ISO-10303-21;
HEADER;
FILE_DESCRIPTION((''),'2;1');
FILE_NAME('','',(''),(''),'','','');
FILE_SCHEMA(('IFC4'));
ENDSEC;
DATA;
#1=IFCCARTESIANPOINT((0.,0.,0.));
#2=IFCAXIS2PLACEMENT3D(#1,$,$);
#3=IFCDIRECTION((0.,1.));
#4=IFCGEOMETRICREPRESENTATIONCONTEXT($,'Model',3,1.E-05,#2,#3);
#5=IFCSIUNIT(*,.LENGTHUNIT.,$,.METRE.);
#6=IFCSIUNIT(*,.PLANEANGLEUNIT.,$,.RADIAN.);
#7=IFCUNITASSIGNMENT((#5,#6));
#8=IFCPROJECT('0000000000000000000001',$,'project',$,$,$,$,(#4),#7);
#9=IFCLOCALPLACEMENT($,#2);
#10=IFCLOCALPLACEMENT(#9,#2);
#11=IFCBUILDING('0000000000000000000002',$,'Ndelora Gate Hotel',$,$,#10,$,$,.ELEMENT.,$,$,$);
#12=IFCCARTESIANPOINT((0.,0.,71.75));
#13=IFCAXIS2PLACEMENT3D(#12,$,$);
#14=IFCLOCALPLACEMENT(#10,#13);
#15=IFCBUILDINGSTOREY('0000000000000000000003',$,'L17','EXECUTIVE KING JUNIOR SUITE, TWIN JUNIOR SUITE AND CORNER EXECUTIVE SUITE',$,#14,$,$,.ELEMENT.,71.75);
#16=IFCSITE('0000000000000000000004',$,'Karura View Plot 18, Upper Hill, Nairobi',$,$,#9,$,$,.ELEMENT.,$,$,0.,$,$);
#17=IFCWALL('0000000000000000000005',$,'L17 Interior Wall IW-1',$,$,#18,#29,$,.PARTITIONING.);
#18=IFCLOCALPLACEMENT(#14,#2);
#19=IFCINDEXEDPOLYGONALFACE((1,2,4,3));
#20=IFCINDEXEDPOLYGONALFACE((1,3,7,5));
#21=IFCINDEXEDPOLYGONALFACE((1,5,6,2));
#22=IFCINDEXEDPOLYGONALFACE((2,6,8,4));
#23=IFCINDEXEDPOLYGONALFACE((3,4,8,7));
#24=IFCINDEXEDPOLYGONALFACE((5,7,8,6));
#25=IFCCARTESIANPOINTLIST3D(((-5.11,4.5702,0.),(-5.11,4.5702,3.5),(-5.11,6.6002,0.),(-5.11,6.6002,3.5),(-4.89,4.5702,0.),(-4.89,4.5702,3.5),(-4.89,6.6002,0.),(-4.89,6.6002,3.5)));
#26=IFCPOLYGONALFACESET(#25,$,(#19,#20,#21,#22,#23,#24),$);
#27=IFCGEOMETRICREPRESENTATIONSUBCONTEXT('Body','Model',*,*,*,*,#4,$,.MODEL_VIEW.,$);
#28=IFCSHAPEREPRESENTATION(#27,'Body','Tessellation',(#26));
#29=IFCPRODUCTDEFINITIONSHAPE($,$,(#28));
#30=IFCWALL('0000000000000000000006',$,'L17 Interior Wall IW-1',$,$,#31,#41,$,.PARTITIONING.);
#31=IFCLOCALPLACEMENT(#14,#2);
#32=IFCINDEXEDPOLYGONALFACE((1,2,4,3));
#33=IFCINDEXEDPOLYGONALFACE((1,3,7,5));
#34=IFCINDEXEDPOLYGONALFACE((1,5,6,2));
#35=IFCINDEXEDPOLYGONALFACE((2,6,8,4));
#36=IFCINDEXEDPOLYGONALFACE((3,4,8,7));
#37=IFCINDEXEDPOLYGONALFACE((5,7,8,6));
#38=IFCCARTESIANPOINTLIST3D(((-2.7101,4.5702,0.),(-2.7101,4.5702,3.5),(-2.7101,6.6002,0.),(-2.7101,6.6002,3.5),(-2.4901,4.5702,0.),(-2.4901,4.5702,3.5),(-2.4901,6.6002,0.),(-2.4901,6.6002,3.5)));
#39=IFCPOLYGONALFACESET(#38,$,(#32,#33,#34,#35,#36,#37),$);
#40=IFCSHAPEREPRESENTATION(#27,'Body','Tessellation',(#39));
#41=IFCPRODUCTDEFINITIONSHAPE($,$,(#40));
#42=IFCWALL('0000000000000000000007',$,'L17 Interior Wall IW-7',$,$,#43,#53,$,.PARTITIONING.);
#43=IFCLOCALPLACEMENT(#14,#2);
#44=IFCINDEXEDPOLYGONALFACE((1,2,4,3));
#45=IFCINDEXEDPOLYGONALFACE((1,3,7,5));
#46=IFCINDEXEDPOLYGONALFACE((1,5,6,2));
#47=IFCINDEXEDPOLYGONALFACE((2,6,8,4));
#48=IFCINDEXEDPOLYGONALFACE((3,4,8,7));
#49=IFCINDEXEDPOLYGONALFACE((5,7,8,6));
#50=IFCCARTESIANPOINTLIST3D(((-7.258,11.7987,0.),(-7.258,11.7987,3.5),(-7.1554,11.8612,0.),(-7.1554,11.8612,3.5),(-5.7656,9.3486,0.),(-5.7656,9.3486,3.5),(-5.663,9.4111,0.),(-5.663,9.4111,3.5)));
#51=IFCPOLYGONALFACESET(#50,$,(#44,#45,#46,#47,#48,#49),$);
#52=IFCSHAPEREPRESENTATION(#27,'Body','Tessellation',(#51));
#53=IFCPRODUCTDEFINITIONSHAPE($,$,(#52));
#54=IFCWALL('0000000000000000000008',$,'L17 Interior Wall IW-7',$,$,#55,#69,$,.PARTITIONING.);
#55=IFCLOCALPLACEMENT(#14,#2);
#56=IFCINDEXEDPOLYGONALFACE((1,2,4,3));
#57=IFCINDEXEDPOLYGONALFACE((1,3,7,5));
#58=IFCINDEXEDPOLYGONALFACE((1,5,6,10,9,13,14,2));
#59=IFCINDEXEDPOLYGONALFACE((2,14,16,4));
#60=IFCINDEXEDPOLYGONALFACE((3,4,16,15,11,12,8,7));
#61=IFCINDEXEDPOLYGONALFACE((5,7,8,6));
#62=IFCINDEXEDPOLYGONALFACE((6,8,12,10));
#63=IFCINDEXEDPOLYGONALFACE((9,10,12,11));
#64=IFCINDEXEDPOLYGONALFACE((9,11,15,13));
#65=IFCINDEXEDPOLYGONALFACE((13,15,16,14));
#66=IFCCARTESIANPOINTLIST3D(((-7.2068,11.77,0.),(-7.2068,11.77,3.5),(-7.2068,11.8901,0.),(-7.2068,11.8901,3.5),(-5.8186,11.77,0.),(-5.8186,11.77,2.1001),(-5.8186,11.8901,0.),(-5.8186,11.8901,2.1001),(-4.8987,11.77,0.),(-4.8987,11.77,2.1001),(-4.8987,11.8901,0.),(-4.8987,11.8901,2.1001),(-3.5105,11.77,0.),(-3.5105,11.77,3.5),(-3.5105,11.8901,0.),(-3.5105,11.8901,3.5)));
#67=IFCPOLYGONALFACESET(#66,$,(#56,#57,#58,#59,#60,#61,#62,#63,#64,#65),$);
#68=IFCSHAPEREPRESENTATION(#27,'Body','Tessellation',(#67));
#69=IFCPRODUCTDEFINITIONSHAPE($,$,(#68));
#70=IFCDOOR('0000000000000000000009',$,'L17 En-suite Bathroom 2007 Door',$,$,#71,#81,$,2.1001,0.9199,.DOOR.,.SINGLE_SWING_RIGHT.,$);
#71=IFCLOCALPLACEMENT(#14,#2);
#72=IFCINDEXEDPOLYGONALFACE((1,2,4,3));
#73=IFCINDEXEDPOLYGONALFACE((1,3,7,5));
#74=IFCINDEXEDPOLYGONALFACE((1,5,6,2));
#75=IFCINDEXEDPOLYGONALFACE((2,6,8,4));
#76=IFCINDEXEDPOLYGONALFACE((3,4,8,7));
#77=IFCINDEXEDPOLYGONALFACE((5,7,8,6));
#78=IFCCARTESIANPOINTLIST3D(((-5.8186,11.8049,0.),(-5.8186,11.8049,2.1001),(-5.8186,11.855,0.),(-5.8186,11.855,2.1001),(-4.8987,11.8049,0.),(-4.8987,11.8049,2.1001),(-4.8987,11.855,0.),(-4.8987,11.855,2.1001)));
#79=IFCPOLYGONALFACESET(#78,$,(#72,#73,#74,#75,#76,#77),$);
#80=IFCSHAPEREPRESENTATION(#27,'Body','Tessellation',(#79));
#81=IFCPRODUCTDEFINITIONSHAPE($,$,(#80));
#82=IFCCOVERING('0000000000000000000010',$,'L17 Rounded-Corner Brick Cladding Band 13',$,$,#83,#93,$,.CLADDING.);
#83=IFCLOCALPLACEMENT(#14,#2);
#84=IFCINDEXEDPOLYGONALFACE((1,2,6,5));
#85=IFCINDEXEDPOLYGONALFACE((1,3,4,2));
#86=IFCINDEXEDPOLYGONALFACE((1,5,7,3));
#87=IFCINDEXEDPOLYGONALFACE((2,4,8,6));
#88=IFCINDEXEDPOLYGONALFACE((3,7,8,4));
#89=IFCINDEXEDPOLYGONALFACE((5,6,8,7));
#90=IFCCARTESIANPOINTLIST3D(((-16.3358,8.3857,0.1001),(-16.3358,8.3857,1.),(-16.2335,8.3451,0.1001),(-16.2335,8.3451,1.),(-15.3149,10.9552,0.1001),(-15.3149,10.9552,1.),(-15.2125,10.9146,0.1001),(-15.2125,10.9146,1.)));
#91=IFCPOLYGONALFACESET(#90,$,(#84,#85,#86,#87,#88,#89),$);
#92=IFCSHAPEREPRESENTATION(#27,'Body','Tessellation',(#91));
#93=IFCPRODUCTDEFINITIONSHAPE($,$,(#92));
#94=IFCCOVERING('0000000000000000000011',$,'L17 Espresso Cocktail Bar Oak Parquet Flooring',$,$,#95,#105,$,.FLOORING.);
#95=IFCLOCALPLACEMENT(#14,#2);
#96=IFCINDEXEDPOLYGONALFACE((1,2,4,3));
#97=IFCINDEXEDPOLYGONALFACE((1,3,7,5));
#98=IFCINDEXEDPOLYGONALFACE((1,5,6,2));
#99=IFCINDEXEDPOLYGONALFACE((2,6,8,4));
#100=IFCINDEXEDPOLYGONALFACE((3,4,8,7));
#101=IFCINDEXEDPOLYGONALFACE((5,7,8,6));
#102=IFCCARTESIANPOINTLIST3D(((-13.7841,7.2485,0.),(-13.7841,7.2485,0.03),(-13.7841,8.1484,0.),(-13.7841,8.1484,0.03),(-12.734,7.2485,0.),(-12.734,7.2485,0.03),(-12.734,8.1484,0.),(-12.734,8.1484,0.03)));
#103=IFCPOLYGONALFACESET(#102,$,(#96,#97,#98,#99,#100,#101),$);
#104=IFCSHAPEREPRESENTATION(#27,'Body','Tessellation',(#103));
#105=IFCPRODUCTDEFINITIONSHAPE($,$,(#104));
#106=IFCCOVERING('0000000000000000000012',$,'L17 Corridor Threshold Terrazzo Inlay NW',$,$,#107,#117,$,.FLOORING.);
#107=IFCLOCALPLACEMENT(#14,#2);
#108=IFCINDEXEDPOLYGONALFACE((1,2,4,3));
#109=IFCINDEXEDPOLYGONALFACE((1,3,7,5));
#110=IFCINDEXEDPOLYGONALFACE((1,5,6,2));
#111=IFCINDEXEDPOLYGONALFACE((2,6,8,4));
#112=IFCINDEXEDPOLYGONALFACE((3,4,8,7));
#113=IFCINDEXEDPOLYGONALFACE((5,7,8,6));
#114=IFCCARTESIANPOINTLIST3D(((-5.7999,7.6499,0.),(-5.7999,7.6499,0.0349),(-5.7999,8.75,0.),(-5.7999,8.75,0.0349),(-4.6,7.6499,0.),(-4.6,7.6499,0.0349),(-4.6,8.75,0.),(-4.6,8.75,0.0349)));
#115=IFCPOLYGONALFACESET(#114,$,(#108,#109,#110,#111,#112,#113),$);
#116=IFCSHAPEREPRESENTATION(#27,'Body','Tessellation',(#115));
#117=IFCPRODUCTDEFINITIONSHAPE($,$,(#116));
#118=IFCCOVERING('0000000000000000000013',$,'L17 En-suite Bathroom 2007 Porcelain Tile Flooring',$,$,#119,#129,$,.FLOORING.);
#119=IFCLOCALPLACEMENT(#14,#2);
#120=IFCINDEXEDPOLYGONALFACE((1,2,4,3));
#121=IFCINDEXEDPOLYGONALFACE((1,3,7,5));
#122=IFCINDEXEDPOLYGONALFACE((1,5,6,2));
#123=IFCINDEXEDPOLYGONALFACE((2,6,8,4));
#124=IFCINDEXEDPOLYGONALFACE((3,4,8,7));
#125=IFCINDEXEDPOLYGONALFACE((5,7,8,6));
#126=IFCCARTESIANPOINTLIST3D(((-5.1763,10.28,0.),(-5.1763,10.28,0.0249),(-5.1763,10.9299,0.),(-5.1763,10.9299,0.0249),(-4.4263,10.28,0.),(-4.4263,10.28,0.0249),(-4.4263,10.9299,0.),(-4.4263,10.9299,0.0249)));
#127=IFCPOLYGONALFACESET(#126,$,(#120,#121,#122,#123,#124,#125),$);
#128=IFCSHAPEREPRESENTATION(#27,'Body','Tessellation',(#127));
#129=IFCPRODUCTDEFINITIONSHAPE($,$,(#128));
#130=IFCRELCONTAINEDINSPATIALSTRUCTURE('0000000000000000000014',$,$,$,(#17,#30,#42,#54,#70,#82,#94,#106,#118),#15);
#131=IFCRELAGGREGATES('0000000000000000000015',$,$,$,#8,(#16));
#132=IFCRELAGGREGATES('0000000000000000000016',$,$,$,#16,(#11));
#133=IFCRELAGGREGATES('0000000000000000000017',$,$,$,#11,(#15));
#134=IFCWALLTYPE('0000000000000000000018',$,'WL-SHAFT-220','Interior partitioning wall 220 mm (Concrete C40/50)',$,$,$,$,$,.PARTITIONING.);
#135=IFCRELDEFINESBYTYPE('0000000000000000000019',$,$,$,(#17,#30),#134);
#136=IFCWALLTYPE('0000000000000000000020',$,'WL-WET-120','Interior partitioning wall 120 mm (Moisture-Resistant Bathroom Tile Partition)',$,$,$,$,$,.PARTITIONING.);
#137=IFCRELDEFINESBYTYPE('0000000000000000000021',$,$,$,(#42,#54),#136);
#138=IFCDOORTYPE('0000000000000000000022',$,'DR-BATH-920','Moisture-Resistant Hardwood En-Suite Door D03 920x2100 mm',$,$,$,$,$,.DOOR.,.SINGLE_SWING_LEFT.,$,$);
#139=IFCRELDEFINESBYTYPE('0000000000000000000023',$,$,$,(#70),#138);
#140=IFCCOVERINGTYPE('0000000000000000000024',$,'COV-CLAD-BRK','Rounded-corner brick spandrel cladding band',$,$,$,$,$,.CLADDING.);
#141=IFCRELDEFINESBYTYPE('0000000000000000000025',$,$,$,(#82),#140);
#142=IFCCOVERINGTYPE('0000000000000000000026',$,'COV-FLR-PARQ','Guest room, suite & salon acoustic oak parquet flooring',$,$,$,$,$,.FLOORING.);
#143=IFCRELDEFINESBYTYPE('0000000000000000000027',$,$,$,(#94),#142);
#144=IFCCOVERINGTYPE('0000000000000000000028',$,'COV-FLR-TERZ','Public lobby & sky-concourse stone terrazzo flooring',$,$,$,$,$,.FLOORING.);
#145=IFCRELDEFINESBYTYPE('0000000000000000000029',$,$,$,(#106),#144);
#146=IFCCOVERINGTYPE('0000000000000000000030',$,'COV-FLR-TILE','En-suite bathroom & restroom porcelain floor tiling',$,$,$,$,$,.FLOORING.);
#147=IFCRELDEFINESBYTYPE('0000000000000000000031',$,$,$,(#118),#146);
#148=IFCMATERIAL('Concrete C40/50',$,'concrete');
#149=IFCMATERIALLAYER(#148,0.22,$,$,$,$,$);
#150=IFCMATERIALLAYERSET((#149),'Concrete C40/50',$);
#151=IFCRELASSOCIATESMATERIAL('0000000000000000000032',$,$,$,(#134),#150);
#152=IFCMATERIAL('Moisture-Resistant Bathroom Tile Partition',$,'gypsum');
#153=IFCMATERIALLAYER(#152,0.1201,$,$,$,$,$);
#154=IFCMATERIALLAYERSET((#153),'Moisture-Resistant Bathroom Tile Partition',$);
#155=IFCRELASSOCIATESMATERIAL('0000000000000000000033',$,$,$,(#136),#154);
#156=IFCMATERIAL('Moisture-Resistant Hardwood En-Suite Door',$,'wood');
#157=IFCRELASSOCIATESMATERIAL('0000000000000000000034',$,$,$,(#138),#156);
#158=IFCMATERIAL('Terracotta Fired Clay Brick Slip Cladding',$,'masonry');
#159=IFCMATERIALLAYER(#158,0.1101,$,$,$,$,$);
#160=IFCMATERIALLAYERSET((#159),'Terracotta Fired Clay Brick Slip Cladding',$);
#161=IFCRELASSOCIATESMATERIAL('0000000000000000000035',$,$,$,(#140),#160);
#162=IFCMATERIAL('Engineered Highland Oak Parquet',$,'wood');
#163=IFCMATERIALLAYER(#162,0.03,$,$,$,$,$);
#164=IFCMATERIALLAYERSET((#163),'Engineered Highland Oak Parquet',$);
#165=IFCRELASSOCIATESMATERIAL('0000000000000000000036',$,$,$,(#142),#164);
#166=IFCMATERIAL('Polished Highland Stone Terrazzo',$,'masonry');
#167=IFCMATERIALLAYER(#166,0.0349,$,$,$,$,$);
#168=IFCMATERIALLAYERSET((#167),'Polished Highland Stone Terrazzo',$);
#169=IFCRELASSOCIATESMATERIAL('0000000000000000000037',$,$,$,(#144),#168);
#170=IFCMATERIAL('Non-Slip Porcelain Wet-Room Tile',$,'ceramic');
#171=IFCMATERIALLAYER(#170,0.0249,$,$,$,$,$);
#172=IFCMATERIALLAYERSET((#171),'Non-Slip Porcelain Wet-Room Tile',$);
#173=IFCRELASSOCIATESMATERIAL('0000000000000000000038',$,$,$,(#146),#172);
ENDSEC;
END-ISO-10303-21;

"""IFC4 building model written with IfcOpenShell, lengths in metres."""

from ifc_helpers import new_model, si_unit, direction, frame, frame_2d, origin, origin_2d, place, context, subcontext, project, spatial, rectangle, extrude, material, layer, layer_set, type_object, element, fill, save


model = new_model("IFC4")

# Units and contexts
model_context = context("Model", 3, precision=1e-05, world=origin(), true_north=direction((0.0, 1.0)))
body_context = subcontext(model_context, "Body", "Model", "MODEL_VIEW")
ifc_project = project(units=[si_unit("LENGTHUNIT", "METRE"), si_unit("PLANEANGLEUNIT", "RADIAN")], contexts=[model_context])

# Site, building, storey
site_placement = place(None, origin())
site = spatial("IfcSite", under=ifc_project, at=site_placement, Name="Karura View Plot 18, Upper Hill, Nairobi", CompositionType="ELEMENT", RefElevation=0.0)
building_placement = place(site_placement, origin())
building = spatial("IfcBuilding", under=site, at=building_placement, Name="Ndelora Gate Hotel", CompositionType="ELEMENT")
storey_placement = place(building_placement, frame((0.0, 0.0, 71.75)))
storey = spatial("IfcBuildingStorey", under=building, at=storey_placement, Name="L17", Description="EXECUTIVE KING JUNIOR SUITE, TWIN JUNIOR SUITE AND CORNER EXECUTIVE SUITE", CompositionType="ELEMENT", Elevation=71.75)

# Walls
ifc_material_1 = material(Name="Concrete C40/50", Category="concrete")
ifc_layer_1 = layer(ifc_material_1, 0.22)
ifc_layer_set_1 = layer_set([ifc_layer_1], Name="Concrete C40/50")
wall_type_1 = type_object("IfcWallType", Name="WL-SHAFT-220", Description="Interior partitioning wall 220 mm (Concrete C40/50)", PredefinedType="PARTITIONING", material=ifc_layer_set_1)
for number, where, z_axis, x_axis, name in (
    (1, (-5.0, 4.5701, 0.0), (0.0, 0.0, 1.0), (0.0, 1.0, 0.0), "L17 Interior Wall IW-1"),
    (2, (-2.6001, 4.5701, 0.0), (0.0, 0.0, 1.0), (0.0, 1.0, 0.0), "L17 Interior Wall IW-1"),
):
    element("IfcWall", number, at=place(storey_placement, frame(where, z_axis=z_axis, x_axis=x_axis)), inside=storey, type_object=wall_type_1, Name=name, PredefinedType="PARTITIONING", context=body_context, shape_type="SweptSolid", body=[
        extrude(rectangle(XDim=2.03, YDim=0.22, at=frame_2d((1.0151, 0.0))), origin(), (0.0, 0.0, 1.0), 3.5),
    ])
ifc_material_2 = material(Name="Moisture-Resistant Bathroom Tile Partition", Category="gypsum")
ifc_layer_2 = layer(ifc_material_2, 0.1201)
ifc_layer_set_2 = layer_set([ifc_layer_2], Name="Moisture-Resistant Bathroom Tile Partition")
wall_type_2 = type_object("IfcWallType", Name="WL-WET-120", Description="Interior partitioning wall 120 mm (Moisture-Resistant Bathroom Tile Partition)", PredefinedType="PARTITIONING", material=ifc_layer_set_2)
wall_1_placement = place(storey_placement, frame((-7.2068, 11.8301, 0.0), z_axis=(0.0, 0.0, 1.0), x_axis=(0.520203, -0.854042, 0.0)))
element("IfcWall", 3, at=wall_1_placement, inside=storey, type_object=wall_type_2, Name="L17 Interior Wall IW-7", PredefinedType="PARTITIONING", context=body_context, shape_type="SweptSolid", body=[
    extrude(rectangle(XDim=2.8689, YDim=0.1201, at=frame_2d((1.4346, 0.0))), origin(), (0.0, 0.0, 1.0), 3.5),
])

# Wall, opening, door
wall_2_placement = place(storey_placement, frame((-7.2068, 11.8301, 0.0), z_axis=(0.0, 0.0, 1.0), x_axis=(1.0, 0.0, 0.0)))
wall_2 = element("IfcWall", 4, at=wall_2_placement, inside=storey, type_object=wall_type_2, Name="L17 Interior Wall IW-7", PredefinedType="PARTITIONING", context=body_context, shape_type="SweptSolid", body=[
    extrude(rectangle(XDim=3.6963, YDim=0.1201, at=frame_2d((1.8481, 0.0))), origin(), (0.0, 0.0, 1.0), 3.5),
])
opening_1_placement = place(wall_2_placement, frame((1.3882, 0.0, 0.0)))
opening_1 = element("IfcOpeningElement", 5, at=opening_1_placement, cuts=wall_2, PredefinedType="OPENING", context=body_context, shape_type="SweptSolid", body=[
    extrude(rectangle(XDim=0.9199, YDim=2.1001, at=frame_2d((0.46, 1.05))), frame((0.0, 0.0701, 0.0), z_axis=(0.0, -1.0, 0.0), x_axis=(1.0, 0.0, 0.0)), (0.0, 0.0, 1.0), 0.1401),
])
ifc_material_3 = material(Name="Moisture-Resistant Hardwood En-Suite Door", Category="wood")
door_type_1 = type_object("IfcDoorType", Name="DR-BATH-920", Description="Moisture-Resistant Hardwood En-Suite Door D03 920x2100 mm", OperationType="SINGLE_SWING_LEFT", PredefinedType="DOOR", material=ifc_material_3)
door_1_placement = place(opening_1_placement, origin())
door_1 = element("IfcDoor", 6, at=door_1_placement, inside=storey, type_object=door_type_1, Name="L17 En-suite Bathroom 2007 Door", OperationType="SINGLE_SWING_RIGHT", OverallHeight=2.1001, OverallWidth=0.9199, PredefinedType="DOOR", context=body_context, shape_type="SweptSolid", body=[
    extrude(rectangle(XDim=0.9199, YDim=2.1001, at=frame_2d((0.46, 1.05))), frame((0.0, 0.0249, 0.0), z_axis=(0.0, -1.0, 0.0), x_axis=(1.0, 0.0, 0.0)), (0.0, 0.0, 1.0), 0.05),
])
fill(opening_1, door_1)

# Coverings
ifc_material_4 = material(Name="Terracotta Fired Clay Brick Slip Cladding", Category="masonry")
ifc_layer_3 = layer(ifc_material_4, 0.1101)
ifc_layer_set_3 = layer_set([ifc_layer_3], Name="Terracotta Fired Clay Brick Slip Cladding")
covering_type_1 = type_object("IfcCoveringType", Name="COV-CLAD-BRK", Description="Rounded-corner brick spandrel cladding band", PredefinedType="CLADDING", material=ifc_layer_set_3)
covering_1_placement = place(storey_placement, frame((-15.7742, 9.6501, 0.1001), z_axis=(0.0, 0.0, 1.0), x_axis=(0.36926, 0.929326, 0.0)))
element("IfcCovering", 7, at=covering_1_placement, inside=storey, type_object=covering_type_1, Name="L17 Rounded-Corner Brick Cladding Band 13", PredefinedType="CLADDING", context=body_context, shape_type="SweptSolid", body=[
    extrude(rectangle(XDim=2.7649, YDim=0.1101, at=origin_2d()), origin(), (0.0, 0.0, 1.0), 0.8999),
])
ifc_material_5 = material(Name="Engineered Highland Oak Parquet", Category="wood")
ifc_layer_4 = layer(ifc_material_5, 0.03)
ifc_layer_set_4 = layer_set([ifc_layer_4], Name="Engineered Highland Oak Parquet")
covering_type_2 = type_object("IfcCoveringType", Name="COV-FLR-PARQ", Description="Guest room, suite & salon acoustic oak parquet flooring", PredefinedType="FLOORING", material=ifc_layer_set_4)
covering_2_placement = place(storey_placement, frame((-13.259, 7.6985, 0.0), z_axis=(0.0, 0.0, 1.0), x_axis=(1.0, 0.0, 0.0)))
element("IfcCovering", 8, at=covering_2_placement, inside=storey, type_object=covering_type_2, Name="L17 Espresso Cocktail Bar Oak Parquet Flooring", PredefinedType="FLOORING", context=body_context, shape_type="SweptSolid", body=[
    extrude(rectangle(XDim=1.05, YDim=0.8999, at=origin_2d()), origin(), (0.0, 0.0, 1.0), 0.03),
])
ifc_material_6 = material(Name="Polished Highland Stone Terrazzo", Category="masonry")
ifc_layer_5 = layer(ifc_material_6, 0.0349)
ifc_layer_set_5 = layer_set([ifc_layer_5], Name="Polished Highland Stone Terrazzo")
covering_type_3 = type_object("IfcCoveringType", Name="COV-FLR-TERZ", Description="Public lobby & sky-concourse stone terrazzo flooring", PredefinedType="FLOORING", material=ifc_layer_set_5)
covering_3_placement = place(storey_placement, frame((-5.2, 8.2, 0.0), z_axis=(0.0, 0.0, 1.0), x_axis=(1.0, 0.0, 0.0)))
element("IfcCovering", 9, at=covering_3_placement, inside=storey, type_object=covering_type_3, Name="L17 Corridor Threshold Terrazzo Inlay NW", PredefinedType="FLOORING", context=body_context, shape_type="SweptSolid", body=[
    extrude(rectangle(XDim=1.2, YDim=1.1001, at=origin_2d()), origin(), (0.0, 0.0, 1.0), 0.0349),
])
ifc_material_7 = material(Name="Non-Slip Porcelain Wet-Room Tile", Category="ceramic")
ifc_layer_6 = layer(ifc_material_7, 0.0249)
ifc_layer_set_6 = layer_set([ifc_layer_6], Name="Non-Slip Porcelain Wet-Room Tile")
covering_type_4 = type_object("IfcCoveringType", Name="COV-FLR-TILE", Description="En-suite bathroom & restroom porcelain floor tiling", PredefinedType="FLOORING", material=ifc_layer_set_6)
covering_4_placement = place(storey_placement, frame((-4.8013, 10.605, 0.0), z_axis=(0.0, 0.0, 1.0), x_axis=(1.0, 0.0, 0.0)))
element("IfcCovering", 10, at=covering_4_placement, inside=storey, type_object=covering_type_4, Name="L17 En-suite Bathroom 2007 Porcelain Tile Flooring", PredefinedType="FLOORING", context=body_context, shape_type="SweptSolid", body=[
    extrude(rectangle(XDim=0.75, YDim=0.6499, at=origin_2d()), origin(), (0.0, 0.0, 1.0), 0.0249),
])

save(model, "model.ifc")
